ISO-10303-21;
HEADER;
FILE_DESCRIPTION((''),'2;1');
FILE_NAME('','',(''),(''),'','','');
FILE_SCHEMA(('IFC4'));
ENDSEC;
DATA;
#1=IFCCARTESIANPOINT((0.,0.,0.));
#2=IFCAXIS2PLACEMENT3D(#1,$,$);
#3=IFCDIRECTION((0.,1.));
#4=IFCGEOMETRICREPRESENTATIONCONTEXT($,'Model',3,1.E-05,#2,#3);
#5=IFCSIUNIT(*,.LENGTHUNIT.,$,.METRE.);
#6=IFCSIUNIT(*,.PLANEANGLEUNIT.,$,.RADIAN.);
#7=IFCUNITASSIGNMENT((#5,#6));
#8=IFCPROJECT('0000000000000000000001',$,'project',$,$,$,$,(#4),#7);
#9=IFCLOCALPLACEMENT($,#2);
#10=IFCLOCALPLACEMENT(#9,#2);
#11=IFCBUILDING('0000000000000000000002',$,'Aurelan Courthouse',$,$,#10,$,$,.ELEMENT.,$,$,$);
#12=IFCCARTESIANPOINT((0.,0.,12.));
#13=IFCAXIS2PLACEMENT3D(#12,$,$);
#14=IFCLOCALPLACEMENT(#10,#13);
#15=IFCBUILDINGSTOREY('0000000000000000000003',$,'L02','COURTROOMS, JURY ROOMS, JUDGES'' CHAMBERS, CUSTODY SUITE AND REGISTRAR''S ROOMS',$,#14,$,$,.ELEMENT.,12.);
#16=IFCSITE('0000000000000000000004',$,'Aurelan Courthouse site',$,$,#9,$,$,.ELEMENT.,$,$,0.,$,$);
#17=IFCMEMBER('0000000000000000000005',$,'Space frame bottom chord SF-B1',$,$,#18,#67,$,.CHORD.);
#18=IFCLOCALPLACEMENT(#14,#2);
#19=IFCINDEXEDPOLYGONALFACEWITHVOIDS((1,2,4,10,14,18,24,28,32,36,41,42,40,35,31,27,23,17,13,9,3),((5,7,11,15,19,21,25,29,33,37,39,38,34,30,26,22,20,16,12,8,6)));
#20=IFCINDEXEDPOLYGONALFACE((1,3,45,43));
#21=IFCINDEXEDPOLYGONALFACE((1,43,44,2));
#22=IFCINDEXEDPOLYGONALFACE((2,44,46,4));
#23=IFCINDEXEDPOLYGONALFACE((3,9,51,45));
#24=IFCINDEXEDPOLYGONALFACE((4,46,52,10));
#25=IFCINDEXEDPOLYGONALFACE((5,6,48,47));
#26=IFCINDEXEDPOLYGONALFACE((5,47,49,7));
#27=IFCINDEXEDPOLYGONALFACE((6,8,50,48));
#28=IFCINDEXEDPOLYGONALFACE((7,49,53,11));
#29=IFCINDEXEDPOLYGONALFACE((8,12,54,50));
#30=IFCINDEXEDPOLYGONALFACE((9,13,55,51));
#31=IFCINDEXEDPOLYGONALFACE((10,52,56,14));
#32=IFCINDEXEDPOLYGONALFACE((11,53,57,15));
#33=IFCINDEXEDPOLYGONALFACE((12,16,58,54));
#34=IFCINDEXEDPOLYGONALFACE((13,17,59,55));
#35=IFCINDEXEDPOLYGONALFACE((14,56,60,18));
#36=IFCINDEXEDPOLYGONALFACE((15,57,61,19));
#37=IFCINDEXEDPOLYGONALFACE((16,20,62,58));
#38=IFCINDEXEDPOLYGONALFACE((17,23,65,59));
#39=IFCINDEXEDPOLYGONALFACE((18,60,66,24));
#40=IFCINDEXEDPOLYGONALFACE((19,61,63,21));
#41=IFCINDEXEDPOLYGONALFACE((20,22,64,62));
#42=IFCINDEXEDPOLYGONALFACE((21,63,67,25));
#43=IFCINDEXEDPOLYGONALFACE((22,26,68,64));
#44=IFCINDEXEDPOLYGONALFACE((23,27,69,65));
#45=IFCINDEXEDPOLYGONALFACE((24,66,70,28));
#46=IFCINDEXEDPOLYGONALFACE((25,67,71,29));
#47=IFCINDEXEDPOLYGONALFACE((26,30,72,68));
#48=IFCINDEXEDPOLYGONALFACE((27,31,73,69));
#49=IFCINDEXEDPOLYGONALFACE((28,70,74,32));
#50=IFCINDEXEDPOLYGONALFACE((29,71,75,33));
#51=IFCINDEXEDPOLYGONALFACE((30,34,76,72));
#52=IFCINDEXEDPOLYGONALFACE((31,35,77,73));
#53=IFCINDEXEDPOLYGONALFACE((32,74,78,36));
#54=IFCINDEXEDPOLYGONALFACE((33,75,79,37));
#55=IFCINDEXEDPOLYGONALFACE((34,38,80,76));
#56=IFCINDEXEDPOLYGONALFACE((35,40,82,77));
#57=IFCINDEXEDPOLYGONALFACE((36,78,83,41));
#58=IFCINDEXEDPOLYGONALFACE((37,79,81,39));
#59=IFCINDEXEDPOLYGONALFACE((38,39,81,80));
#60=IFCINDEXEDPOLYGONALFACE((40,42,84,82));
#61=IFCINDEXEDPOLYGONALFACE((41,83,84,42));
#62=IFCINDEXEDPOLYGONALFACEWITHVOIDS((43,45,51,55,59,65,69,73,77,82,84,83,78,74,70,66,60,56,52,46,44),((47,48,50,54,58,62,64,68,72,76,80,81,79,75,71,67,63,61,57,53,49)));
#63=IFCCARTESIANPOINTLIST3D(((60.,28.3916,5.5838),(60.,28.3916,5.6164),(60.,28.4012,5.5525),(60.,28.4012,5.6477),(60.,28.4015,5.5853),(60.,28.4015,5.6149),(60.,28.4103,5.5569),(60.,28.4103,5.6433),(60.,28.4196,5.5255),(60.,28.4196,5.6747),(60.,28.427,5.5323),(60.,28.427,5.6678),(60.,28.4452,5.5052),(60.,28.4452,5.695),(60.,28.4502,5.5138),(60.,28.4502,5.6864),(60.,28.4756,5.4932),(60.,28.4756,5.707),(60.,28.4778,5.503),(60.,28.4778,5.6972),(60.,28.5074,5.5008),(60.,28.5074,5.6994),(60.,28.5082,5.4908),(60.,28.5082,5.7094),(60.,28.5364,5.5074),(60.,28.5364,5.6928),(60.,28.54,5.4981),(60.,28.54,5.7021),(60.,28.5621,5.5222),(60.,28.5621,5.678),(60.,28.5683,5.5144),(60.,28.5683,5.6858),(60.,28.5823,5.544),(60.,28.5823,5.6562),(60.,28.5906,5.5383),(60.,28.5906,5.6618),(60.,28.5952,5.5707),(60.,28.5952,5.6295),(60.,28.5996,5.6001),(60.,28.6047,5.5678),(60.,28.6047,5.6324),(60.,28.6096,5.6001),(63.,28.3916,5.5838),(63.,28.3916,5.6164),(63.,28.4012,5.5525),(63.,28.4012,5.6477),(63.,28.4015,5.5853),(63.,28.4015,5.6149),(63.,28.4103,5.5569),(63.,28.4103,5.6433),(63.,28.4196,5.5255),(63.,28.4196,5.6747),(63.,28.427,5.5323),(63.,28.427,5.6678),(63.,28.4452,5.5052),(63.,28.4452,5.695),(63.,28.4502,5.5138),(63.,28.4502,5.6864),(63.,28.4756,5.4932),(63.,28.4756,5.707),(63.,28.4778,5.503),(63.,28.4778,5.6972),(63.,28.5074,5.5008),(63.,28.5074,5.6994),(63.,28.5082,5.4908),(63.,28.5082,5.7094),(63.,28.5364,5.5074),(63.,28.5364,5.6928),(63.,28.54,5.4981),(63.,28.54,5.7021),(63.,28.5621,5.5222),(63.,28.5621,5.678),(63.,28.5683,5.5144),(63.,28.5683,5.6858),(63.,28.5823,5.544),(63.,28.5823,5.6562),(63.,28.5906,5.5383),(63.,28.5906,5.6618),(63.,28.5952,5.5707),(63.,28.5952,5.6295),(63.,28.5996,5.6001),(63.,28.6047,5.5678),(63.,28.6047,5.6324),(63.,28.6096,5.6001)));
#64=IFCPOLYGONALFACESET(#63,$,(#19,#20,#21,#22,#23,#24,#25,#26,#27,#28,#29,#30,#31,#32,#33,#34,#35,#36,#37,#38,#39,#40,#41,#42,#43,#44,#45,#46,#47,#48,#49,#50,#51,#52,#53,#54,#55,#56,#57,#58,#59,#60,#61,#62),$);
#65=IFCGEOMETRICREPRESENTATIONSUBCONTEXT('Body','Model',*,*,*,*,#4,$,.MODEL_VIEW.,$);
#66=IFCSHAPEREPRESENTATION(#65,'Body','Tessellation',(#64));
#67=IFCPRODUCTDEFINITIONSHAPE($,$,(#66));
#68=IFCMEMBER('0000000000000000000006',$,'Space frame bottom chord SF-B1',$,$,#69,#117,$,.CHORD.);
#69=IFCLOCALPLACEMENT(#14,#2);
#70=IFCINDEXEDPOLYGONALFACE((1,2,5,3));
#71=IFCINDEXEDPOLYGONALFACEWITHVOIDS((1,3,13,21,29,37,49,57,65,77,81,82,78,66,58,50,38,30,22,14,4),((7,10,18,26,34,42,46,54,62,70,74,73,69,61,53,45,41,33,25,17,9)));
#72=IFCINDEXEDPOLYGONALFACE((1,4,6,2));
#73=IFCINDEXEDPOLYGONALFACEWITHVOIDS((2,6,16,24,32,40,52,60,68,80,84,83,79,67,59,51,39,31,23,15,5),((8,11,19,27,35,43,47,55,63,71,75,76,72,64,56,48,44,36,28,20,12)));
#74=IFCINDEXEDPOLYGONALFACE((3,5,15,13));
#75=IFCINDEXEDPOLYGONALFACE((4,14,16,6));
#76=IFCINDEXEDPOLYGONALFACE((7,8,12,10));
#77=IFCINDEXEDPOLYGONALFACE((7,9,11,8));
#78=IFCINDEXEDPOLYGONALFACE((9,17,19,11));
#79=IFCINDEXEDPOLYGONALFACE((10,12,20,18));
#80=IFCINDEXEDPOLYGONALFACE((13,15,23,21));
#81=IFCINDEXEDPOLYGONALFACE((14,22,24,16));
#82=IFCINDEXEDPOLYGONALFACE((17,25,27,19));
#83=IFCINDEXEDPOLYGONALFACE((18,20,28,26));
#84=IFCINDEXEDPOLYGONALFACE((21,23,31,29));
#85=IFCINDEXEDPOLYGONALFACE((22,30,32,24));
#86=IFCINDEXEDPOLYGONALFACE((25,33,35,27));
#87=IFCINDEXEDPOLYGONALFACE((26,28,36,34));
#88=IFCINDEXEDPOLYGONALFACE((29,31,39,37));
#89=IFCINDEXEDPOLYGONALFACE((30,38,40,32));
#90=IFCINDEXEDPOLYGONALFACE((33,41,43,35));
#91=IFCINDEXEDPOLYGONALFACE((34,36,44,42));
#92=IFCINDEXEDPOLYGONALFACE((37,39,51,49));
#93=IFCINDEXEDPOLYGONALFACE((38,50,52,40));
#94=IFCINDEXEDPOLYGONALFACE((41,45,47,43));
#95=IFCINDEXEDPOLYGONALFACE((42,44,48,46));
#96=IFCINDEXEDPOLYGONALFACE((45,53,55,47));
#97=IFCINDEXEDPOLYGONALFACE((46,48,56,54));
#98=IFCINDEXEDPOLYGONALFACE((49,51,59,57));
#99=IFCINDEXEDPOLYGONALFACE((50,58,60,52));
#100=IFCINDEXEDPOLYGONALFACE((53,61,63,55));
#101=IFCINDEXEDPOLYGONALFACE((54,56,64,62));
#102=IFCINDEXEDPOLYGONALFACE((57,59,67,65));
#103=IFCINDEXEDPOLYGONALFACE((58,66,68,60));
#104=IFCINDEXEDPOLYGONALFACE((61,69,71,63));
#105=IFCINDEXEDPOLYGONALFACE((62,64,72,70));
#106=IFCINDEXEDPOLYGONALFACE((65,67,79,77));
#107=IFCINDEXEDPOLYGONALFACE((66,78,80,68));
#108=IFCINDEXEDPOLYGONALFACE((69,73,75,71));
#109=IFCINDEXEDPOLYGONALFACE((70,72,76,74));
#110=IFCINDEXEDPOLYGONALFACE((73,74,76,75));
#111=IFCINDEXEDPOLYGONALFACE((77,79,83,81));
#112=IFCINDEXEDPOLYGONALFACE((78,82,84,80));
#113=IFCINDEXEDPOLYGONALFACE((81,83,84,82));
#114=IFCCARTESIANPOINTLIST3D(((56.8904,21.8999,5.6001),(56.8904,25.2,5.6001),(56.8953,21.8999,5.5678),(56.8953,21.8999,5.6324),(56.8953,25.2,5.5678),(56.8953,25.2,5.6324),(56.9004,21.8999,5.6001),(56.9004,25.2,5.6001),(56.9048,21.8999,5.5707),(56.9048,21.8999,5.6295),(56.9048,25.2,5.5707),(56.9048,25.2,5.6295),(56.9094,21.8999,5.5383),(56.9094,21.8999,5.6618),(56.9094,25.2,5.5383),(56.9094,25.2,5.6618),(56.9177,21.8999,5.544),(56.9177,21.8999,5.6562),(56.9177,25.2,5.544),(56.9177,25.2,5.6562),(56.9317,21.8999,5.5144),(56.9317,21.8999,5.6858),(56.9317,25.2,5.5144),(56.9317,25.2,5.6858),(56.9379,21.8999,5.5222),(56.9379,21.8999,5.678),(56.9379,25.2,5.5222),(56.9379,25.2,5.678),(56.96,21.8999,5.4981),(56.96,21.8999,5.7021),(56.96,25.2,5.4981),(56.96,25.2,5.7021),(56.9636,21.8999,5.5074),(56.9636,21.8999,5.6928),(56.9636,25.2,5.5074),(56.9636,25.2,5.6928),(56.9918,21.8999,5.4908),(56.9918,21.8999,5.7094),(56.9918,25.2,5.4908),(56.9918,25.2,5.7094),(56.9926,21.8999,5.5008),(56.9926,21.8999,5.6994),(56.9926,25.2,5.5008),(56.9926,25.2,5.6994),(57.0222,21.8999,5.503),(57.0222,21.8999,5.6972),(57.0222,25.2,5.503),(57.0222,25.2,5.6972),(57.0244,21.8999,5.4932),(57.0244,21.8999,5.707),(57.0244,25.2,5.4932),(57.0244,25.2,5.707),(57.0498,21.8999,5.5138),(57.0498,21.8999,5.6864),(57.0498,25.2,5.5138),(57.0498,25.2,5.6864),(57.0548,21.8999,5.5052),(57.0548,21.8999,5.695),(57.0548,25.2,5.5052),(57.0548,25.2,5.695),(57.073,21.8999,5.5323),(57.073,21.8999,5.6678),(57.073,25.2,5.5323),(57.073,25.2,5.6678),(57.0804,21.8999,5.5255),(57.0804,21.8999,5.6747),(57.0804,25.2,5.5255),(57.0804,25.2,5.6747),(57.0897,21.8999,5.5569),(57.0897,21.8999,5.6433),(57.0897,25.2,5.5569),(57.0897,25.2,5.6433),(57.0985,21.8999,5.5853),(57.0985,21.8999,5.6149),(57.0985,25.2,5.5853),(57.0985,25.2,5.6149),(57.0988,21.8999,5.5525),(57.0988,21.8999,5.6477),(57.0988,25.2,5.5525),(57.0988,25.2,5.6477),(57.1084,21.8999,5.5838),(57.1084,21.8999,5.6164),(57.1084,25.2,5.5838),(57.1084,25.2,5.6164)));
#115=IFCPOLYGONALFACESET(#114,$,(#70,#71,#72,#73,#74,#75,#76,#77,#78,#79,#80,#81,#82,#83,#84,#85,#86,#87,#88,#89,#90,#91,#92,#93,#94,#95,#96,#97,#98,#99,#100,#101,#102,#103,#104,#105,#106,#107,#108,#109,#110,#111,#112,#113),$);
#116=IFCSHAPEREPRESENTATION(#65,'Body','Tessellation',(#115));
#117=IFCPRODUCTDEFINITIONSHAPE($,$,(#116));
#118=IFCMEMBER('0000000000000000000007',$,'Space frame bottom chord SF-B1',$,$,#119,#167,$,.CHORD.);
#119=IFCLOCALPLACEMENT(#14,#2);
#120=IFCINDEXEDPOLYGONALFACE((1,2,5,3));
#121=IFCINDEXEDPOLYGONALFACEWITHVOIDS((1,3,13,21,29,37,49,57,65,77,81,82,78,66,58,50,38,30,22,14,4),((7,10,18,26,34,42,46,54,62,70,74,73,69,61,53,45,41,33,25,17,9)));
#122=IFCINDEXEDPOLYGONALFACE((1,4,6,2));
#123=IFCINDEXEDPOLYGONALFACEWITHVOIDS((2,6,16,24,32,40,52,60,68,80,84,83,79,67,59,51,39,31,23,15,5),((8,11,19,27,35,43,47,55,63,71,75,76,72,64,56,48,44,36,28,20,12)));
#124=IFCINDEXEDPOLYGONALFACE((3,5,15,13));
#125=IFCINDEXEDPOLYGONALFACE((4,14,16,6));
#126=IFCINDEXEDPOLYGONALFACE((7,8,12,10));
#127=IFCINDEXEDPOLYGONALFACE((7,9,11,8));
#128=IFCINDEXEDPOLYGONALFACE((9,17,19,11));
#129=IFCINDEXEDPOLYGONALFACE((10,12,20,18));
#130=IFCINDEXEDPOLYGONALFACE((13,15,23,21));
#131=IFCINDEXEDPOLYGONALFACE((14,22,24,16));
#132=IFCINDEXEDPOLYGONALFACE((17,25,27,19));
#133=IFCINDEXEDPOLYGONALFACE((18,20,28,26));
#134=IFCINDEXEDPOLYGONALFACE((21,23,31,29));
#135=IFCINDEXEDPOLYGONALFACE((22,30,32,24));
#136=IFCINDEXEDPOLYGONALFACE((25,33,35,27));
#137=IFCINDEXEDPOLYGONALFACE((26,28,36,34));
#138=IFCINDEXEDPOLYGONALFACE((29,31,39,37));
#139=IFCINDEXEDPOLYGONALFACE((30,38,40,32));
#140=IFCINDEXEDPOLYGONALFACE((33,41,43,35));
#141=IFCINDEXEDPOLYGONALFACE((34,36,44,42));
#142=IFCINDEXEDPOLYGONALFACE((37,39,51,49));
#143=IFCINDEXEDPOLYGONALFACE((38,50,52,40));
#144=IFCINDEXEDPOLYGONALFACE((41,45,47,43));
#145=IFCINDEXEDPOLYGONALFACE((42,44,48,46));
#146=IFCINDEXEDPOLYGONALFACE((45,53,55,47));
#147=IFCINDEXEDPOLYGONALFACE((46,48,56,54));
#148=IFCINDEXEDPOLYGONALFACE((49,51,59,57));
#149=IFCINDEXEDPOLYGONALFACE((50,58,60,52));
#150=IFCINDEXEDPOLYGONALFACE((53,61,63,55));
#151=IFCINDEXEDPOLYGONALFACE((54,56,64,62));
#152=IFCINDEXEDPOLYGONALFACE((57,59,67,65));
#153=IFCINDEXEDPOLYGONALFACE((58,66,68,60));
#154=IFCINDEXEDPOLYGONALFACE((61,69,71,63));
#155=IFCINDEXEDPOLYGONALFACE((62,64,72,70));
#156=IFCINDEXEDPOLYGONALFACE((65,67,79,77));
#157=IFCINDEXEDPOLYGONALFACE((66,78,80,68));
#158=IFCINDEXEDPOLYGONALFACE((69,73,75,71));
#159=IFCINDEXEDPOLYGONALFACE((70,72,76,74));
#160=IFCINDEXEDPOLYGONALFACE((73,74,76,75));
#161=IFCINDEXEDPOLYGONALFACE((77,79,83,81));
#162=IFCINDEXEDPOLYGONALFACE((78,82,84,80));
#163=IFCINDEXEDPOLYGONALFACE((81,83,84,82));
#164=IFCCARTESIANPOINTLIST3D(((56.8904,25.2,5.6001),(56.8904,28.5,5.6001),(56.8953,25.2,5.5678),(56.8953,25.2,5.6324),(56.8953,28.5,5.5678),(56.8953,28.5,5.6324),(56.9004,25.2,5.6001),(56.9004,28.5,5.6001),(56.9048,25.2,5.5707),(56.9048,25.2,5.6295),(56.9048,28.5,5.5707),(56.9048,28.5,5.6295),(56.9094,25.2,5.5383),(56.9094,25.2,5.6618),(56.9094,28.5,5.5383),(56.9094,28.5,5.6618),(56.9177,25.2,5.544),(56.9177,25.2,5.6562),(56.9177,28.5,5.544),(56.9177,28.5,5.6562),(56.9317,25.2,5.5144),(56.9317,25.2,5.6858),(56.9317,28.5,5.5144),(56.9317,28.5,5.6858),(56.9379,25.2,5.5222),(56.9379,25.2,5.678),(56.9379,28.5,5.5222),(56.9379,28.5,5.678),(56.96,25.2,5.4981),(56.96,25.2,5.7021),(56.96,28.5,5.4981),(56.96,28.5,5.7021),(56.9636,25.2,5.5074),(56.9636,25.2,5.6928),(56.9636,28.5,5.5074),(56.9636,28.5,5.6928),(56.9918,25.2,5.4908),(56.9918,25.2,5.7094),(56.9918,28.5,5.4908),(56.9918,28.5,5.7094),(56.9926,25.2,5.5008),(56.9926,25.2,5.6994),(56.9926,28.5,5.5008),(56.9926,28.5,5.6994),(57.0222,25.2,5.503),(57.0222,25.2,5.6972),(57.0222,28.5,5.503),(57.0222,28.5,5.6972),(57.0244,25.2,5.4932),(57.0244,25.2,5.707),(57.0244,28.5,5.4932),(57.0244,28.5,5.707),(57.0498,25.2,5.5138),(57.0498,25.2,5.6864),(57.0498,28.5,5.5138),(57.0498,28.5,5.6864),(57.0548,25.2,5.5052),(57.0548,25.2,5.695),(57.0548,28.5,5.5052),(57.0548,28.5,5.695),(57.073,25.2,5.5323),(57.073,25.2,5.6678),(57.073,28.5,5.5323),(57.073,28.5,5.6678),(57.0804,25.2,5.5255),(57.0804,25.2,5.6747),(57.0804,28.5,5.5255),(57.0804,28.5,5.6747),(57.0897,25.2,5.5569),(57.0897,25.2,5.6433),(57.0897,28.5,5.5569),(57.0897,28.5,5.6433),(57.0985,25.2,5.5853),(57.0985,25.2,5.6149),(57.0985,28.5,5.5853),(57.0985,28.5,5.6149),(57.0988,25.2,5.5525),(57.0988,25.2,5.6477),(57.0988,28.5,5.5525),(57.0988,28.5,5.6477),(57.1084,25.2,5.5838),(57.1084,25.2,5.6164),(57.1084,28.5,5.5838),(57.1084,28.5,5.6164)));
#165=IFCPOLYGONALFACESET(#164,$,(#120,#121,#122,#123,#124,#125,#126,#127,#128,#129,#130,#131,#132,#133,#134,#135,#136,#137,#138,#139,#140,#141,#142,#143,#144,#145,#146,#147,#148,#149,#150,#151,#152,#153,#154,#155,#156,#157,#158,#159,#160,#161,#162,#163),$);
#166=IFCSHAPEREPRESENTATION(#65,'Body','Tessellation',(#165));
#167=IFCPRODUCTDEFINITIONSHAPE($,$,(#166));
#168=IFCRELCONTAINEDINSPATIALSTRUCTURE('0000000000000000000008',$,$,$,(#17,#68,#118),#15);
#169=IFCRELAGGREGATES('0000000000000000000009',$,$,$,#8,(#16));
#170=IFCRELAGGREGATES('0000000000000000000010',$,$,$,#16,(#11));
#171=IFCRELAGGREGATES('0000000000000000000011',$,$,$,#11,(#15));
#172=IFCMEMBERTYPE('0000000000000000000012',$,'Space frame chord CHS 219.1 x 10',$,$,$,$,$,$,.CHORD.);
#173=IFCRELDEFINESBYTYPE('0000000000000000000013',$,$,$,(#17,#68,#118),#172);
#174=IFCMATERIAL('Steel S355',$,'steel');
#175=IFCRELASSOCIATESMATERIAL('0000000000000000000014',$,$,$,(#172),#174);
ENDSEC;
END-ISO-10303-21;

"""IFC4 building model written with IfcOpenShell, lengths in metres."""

from ifc_helpers import new_model, si_unit, direction, frame, origin, origin_2d, place, context, subcontext, project, spatial, hollow_circle, extrude, material, material_profile, profile_set, type_object, element, save


model = new_model("IFC4")

# Units and contexts
model_context = context("Model", 3, precision=1e-05, world=origin(), true_north=direction((0.0, 1.0)))
body_context = subcontext(model_context, "Body", "Model", "MODEL_VIEW")
ifc_project = project(units=[si_unit("LENGTHUNIT", "METRE"), si_unit("PLANEANGLEUNIT", "RADIAN")], contexts=[model_context])

# Site, building, storey
site_placement = place(None, origin())
site = spatial("IfcSite", under=ifc_project, at=site_placement, Name="Aurelan Courthouse site", CompositionType="ELEMENT", RefElevation=0.0)
building_placement = place(site_placement, origin())
building = spatial("IfcBuilding", under=site, at=building_placement, Name="Aurelan Courthouse", CompositionType="ELEMENT")
storey_placement = place(building_placement, frame((0.0, 0.0, 12.0)))
storey = spatial("IfcBuildingStorey", under=building, at=storey_placement, Name="L02", Description="COURTROOMS, JURY ROOMS, JUDGES' CHAMBERS, CUSTODY SUITE AND REGISTRAR'S ROOMS", CompositionType="ELEMENT", Elevation=12.0)

# Members
ifc_material_1 = material(Name="Steel S355", Category="steel")
ifc_material_profile_1 = material_profile(ifc_material_1, hollow_circle(Radius=0.1096, WallThickness=0.01, at=origin_2d()), Name="CHS 219.1 x 10")
ifc_profile_set_1 = profile_set([ifc_material_profile_1], Name="Steel S355")
member_type_1 = type_object("IfcMemberType", Name="Space frame chord CHS 219.1 x 10", PredefinedType="CHORD", material=ifc_profile_set_1)
for number, where, z_axis, x_axis, name in (
    (1, (60.0, 28.5, 5.6001), (1.0, 0.0, 0.0), (0.0, 1.0, 0.0), "Space frame bottom chord SF-B1"),
):
    element("IfcMember", number, at=place(storey_placement, frame(where, z_axis=z_axis, x_axis=x_axis)), inside=storey, type_object=member_type_1, Name=name, PredefinedType="CHORD", context=body_context, shape_type="SweptSolid", body=[
        extrude(hollow_circle(Radius=0.1096, WallThickness=0.01, at=origin_2d()), origin(), (0.0, 0.0, 1.0), 3.0),
    ])
for number, where, z_axis, x_axis, name in (
    (2, (57.0, 21.8999, 5.6001), (0.0, 1.0, 0.0), (-1.0, 0.0, 0.0), "Space frame bottom chord SF-B1"),
    (3, (57.0, 25.2, 5.6001), (0.0, 1.0, 0.0), (-1.0, 0.0, 0.0), "Space frame bottom chord SF-B1"),
):
    element("IfcMember", number, at=place(storey_placement, frame(where, z_axis=z_axis, x_axis=x_axis)), inside=storey, type_object=member_type_1, Name=name, PredefinedType="CHORD", context=body_context, shape_type="SweptSolid", body=[
        extrude(hollow_circle(Radius=0.1096, WallThickness=0.01, at=origin_2d()), origin(), (0.0, 0.0, 1.0), 3.3),
    ])

save(model, "model.ifc")
